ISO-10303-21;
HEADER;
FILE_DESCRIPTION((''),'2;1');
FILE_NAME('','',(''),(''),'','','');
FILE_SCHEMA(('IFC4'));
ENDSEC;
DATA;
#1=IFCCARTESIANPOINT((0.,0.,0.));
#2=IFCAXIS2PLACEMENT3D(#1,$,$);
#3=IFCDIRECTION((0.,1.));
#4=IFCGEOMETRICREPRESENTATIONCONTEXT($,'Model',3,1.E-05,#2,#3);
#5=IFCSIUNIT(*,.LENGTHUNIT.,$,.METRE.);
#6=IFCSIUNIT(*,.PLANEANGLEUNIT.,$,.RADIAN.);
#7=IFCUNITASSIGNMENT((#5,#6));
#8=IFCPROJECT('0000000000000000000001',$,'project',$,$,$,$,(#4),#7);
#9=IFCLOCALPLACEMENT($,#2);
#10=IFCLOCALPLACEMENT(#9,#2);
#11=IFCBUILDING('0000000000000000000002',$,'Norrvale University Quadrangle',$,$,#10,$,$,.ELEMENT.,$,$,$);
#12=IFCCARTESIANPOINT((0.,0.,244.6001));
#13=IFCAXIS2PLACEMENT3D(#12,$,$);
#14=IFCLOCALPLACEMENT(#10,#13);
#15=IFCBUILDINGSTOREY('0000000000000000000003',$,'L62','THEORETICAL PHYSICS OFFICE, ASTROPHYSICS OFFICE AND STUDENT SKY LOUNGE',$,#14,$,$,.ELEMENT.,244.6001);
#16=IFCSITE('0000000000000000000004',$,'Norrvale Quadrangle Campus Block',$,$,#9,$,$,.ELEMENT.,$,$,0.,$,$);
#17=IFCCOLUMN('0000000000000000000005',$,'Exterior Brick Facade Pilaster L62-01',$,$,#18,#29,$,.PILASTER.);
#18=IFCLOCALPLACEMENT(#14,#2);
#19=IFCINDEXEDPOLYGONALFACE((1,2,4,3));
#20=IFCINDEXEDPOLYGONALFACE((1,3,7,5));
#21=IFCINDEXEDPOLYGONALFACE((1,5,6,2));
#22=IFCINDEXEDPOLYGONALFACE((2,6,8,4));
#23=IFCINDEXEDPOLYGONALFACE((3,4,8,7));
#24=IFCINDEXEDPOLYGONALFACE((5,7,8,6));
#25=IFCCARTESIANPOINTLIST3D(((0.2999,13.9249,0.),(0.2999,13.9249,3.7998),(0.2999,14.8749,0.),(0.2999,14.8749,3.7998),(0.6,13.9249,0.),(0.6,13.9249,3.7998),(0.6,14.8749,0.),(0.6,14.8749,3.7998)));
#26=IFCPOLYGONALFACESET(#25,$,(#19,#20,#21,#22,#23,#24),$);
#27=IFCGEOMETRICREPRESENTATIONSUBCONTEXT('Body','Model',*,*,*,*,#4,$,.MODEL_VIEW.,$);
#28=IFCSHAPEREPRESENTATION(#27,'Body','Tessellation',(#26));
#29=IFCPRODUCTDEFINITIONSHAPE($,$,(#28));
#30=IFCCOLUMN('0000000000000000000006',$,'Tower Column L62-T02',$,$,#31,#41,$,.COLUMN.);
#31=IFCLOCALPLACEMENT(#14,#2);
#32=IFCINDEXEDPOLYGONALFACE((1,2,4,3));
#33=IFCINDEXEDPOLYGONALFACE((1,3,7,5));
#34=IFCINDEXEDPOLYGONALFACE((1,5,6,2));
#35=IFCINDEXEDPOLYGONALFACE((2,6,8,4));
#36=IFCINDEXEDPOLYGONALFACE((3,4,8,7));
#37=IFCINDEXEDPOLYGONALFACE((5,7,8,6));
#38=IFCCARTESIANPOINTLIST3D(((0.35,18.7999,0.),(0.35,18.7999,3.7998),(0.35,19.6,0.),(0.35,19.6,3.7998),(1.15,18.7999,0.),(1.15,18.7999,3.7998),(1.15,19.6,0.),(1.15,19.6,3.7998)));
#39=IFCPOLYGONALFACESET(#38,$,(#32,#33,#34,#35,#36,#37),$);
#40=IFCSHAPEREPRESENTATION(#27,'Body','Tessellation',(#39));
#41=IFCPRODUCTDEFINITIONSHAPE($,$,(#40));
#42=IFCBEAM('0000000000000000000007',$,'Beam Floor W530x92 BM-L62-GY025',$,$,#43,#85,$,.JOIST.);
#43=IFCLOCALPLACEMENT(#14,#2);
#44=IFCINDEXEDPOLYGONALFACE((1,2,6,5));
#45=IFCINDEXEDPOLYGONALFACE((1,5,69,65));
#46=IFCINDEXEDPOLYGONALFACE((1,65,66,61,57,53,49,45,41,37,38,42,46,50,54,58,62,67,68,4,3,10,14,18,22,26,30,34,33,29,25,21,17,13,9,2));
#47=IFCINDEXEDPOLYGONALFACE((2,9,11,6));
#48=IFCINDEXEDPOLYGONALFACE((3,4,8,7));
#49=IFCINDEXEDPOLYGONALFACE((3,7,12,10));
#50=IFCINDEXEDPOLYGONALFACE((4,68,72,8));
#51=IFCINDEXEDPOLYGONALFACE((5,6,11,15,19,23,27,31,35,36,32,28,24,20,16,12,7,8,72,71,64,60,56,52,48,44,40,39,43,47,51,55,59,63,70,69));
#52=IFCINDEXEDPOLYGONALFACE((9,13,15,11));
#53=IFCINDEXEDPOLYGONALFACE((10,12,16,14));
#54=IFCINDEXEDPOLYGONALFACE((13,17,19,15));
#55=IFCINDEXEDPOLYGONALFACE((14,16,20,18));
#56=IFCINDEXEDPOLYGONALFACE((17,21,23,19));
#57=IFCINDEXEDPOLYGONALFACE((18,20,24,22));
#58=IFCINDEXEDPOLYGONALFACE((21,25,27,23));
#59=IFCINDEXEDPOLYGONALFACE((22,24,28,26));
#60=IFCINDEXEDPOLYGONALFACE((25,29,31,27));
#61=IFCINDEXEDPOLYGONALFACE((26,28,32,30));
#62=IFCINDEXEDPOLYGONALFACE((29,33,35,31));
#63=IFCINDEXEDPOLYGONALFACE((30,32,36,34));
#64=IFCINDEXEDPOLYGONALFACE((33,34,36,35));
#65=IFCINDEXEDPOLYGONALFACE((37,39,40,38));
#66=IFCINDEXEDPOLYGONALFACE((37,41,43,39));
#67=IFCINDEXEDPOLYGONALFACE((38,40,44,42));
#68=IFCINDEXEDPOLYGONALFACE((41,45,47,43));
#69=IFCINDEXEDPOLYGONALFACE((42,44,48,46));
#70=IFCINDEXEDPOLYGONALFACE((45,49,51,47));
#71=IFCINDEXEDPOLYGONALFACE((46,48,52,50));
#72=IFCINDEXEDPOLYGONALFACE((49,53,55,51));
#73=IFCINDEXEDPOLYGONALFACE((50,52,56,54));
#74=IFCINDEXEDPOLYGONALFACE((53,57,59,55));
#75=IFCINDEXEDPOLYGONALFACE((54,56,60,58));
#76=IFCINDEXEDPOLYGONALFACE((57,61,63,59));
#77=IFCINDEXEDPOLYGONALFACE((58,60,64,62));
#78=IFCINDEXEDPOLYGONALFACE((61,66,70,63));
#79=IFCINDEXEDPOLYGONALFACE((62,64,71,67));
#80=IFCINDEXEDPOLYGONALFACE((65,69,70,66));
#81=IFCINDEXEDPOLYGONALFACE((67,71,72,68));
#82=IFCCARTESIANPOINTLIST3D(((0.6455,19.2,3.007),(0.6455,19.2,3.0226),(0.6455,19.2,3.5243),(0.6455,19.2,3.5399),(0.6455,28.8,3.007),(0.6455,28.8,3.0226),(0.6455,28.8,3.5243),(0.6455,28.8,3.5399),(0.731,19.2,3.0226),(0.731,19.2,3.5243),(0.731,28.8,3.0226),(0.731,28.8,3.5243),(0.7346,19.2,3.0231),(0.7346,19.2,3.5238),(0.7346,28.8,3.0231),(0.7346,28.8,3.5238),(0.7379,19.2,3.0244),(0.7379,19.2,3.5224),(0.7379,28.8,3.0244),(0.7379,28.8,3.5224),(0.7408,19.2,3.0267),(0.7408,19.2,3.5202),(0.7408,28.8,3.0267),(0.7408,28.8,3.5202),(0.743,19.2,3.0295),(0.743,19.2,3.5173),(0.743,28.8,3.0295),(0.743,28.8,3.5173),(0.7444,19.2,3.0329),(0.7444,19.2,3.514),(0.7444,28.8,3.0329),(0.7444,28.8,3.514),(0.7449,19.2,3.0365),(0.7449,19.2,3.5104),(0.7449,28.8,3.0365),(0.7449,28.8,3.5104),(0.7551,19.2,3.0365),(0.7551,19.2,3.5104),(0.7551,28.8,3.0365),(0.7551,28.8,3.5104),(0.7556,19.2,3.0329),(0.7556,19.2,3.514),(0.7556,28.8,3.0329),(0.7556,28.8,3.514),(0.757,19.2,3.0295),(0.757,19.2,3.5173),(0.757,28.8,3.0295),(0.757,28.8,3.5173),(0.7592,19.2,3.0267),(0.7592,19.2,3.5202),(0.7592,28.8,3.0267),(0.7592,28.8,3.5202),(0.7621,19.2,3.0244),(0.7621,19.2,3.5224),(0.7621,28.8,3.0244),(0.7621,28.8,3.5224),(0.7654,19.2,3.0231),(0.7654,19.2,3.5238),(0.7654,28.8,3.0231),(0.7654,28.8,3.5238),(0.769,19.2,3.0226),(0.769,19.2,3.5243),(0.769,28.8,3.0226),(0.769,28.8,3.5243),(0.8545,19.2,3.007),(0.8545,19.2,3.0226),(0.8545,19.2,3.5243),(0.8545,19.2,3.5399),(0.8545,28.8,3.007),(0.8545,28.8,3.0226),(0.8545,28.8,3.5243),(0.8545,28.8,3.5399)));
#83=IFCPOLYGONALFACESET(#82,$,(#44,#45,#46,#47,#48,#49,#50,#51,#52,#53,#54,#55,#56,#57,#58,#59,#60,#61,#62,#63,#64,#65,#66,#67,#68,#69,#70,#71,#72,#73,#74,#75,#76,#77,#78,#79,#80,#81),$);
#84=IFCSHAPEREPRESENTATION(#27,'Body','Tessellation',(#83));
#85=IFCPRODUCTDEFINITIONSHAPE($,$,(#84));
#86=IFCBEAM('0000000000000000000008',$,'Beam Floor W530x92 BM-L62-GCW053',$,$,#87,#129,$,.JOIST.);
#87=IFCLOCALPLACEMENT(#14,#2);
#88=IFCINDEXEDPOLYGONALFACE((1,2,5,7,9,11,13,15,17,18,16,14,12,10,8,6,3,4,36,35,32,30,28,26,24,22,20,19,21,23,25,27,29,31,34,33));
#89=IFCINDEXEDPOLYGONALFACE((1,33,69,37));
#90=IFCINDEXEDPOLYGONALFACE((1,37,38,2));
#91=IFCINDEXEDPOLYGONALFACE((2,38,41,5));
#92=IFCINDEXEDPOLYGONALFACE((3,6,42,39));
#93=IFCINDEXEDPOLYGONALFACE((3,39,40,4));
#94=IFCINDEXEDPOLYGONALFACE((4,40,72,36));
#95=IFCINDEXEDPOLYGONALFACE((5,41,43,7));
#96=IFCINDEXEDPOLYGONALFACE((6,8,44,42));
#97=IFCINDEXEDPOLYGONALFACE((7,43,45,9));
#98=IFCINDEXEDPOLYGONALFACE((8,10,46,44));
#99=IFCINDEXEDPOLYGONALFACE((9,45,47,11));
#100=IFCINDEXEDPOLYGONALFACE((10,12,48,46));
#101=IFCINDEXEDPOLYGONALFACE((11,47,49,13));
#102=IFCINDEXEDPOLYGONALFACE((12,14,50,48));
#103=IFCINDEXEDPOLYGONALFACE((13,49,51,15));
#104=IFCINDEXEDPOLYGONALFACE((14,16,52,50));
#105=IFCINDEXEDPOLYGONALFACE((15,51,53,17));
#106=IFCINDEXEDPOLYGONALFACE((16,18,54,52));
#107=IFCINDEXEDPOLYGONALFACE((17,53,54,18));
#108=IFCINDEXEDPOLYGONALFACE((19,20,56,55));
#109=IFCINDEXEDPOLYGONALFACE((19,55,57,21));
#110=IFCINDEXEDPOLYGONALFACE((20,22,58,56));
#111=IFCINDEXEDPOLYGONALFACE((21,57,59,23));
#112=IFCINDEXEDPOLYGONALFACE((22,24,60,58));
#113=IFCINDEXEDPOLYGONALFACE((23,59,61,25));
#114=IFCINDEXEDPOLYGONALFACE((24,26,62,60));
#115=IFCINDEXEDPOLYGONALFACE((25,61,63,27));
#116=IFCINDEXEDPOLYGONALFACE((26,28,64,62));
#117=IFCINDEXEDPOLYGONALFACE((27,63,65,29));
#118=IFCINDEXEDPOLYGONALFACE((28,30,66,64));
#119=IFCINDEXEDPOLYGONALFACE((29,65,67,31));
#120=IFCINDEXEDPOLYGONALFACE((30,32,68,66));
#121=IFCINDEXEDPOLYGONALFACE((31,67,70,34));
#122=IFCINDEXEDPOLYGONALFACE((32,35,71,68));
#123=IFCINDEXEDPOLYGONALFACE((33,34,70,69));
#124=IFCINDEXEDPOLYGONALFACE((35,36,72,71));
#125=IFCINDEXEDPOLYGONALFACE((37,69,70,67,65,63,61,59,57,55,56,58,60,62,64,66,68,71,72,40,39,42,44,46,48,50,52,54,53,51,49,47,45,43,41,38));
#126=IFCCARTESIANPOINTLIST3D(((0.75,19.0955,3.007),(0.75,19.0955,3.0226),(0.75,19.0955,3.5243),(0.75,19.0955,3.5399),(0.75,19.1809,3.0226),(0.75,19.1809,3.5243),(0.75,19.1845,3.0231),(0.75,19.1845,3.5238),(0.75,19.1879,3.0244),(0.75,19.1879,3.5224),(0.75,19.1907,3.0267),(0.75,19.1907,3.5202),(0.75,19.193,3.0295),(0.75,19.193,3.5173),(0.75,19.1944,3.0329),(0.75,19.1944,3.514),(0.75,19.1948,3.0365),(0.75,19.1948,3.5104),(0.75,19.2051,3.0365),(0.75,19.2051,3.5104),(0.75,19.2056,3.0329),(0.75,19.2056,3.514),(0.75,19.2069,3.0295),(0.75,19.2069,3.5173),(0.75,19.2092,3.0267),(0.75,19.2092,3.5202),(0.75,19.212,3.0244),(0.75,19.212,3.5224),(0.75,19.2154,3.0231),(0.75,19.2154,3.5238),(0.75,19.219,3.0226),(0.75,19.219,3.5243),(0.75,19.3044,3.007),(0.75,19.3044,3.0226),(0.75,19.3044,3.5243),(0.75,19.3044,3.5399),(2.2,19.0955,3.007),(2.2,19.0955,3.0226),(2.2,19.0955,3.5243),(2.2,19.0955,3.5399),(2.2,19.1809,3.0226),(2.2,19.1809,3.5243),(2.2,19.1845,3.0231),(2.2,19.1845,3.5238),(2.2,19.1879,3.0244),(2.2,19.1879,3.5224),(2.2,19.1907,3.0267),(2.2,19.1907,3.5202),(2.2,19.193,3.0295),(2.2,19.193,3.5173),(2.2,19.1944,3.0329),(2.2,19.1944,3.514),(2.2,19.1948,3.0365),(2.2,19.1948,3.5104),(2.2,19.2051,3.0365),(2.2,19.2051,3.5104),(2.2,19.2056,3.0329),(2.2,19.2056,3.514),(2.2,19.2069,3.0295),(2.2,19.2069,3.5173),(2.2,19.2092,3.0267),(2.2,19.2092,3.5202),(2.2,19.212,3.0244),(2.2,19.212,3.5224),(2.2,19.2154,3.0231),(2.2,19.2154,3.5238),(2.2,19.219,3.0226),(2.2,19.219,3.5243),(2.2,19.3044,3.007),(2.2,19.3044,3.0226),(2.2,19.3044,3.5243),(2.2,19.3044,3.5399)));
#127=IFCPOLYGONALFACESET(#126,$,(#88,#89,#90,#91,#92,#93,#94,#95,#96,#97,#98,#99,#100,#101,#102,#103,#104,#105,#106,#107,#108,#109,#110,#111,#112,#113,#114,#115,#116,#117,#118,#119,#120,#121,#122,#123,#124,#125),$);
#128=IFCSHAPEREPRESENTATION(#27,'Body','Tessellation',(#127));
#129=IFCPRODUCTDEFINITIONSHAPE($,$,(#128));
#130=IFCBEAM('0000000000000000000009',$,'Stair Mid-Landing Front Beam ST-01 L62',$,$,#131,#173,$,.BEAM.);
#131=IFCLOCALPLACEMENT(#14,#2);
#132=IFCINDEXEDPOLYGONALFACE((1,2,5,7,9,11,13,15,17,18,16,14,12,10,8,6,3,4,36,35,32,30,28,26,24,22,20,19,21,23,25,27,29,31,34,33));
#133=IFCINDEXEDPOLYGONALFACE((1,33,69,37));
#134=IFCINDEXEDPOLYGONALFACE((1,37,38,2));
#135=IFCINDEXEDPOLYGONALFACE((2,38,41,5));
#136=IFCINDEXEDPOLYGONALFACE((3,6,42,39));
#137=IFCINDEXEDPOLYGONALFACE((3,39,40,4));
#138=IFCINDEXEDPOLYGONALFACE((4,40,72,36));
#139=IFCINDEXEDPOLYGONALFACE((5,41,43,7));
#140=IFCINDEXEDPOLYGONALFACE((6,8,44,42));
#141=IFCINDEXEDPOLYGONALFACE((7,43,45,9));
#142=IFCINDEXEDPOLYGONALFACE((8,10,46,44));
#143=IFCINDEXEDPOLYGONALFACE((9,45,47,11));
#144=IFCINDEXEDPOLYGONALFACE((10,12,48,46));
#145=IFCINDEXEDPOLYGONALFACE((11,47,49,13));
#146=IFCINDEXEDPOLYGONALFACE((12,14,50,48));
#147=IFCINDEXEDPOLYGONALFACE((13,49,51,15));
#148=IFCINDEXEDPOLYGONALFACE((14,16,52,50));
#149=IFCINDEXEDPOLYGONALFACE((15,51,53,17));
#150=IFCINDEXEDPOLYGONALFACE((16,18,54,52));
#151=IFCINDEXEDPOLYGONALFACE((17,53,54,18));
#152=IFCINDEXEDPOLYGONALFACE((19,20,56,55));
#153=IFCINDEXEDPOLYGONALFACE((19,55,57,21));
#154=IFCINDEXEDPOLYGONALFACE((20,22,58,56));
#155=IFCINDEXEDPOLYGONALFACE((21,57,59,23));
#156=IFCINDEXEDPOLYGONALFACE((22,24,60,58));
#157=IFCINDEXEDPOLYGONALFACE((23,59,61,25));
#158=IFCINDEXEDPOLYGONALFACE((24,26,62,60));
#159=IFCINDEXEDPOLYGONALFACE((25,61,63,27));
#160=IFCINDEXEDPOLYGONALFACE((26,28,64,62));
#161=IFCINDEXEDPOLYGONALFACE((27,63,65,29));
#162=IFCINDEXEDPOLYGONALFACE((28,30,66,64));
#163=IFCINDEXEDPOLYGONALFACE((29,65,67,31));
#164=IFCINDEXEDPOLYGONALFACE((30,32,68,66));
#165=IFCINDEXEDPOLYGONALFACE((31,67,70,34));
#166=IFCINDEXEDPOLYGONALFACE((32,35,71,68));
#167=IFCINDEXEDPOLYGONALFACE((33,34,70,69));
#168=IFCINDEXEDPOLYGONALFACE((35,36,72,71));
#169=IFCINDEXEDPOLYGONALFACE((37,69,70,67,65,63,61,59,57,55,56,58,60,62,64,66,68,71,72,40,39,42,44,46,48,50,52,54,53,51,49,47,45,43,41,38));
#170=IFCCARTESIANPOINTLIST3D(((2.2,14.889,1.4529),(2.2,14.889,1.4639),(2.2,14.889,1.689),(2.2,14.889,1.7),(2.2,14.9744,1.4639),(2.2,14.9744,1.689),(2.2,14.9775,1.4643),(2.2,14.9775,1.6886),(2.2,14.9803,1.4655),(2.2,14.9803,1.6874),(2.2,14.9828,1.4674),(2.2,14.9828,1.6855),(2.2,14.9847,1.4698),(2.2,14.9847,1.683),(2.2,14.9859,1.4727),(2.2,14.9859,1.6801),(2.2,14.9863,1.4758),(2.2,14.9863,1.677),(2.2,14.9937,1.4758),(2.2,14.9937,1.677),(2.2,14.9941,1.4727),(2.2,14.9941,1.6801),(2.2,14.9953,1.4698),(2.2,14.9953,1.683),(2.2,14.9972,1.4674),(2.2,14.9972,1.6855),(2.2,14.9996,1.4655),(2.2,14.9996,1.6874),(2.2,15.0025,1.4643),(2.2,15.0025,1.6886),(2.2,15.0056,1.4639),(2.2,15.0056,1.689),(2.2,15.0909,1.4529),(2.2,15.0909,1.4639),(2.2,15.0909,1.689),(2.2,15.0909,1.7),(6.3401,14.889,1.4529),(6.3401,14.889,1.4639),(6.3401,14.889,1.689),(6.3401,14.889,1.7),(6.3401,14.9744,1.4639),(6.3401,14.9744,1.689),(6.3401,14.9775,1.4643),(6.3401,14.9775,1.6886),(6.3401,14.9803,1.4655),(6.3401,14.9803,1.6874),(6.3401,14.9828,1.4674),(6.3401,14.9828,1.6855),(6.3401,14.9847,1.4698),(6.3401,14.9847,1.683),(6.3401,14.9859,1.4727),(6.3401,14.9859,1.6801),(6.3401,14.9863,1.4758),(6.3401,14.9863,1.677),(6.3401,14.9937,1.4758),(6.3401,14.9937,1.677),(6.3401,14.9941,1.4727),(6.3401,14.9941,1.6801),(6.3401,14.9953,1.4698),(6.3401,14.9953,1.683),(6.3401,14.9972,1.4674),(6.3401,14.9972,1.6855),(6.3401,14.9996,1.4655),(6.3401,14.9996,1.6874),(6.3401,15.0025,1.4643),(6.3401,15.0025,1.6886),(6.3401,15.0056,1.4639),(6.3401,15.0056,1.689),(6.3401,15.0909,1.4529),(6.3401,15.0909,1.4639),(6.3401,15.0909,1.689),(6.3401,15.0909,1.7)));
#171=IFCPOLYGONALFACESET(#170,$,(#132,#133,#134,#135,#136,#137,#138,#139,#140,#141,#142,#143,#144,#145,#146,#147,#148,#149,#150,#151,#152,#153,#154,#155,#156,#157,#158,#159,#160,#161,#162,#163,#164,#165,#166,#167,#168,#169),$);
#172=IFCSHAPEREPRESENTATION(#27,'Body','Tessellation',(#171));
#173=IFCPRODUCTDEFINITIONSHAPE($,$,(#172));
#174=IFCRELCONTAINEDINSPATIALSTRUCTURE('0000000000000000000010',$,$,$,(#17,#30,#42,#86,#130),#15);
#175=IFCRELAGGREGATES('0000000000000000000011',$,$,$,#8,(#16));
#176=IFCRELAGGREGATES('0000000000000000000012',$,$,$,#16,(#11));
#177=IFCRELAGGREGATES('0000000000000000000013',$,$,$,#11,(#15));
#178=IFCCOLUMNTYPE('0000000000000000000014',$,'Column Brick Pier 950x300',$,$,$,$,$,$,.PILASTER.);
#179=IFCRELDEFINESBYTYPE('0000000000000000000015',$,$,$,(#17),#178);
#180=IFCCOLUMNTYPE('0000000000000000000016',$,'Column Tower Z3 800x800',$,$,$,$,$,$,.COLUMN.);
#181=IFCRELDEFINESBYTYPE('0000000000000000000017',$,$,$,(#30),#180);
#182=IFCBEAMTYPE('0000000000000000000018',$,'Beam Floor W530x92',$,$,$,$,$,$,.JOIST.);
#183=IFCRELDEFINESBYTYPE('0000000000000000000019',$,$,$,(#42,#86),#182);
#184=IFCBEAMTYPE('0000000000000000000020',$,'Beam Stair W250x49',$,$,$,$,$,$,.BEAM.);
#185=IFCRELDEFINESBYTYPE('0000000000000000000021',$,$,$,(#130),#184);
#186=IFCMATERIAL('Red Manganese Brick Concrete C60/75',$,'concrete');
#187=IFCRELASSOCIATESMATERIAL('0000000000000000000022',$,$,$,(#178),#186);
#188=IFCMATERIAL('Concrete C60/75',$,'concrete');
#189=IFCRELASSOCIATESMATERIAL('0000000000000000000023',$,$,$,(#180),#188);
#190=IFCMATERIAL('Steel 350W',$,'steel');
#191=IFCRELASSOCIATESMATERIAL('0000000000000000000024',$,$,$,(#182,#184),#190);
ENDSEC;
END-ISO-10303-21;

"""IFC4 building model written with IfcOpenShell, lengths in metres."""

from ifc_helpers import new_model, si_unit, direction, frame, origin, origin_2d, place, context, subcontext, project, spatial, rectangle, i_section, extrude, material, material_profile, profile_set, type_object, element, save


model = new_model("IFC4")

# Units and contexts
model_context = context("Model", 3, precision=1e-05, world=origin(), true_north=direction((0.0, 1.0)))
body_context = subcontext(model_context, "Body", "Model", "MODEL_VIEW")
ifc_project = project(units=[si_unit("LENGTHUNIT", "METRE"), si_unit("PLANEANGLEUNIT", "RADIAN")], contexts=[model_context])

# Site, building, storey
site_placement = place(None, origin())
site = spatial("IfcSite", under=ifc_project, at=site_placement, Name="Norrvale Quadrangle Campus Block", CompositionType="ELEMENT", RefElevation=0.0)
building_placement = place(site_placement, origin())
building = spatial("IfcBuilding", under=site, at=building_placement, Name="Norrvale University Quadrangle", CompositionType="ELEMENT")
storey_placement = place(building_placement, frame((0.0, 0.0, 244.6001)))
storey = spatial("IfcBuildingStorey", under=building, at=storey_placement, Name="L62", Description="THEORETICAL PHYSICS OFFICE, ASTROPHYSICS OFFICE AND STUDENT SKY LOUNGE", CompositionType="ELEMENT", Elevation=244.6001)

# Columns
ifc_material_1 = material(Name="Red Manganese Brick Concrete C60/75", Category="concrete")
ifc_material_profile_1 = material_profile(ifc_material_1, rectangle(XDim=0.95, YDim=0.3, at=origin_2d()), Name="Red Manganese Brick Concrete C60/75")
ifc_profile_set_1 = profile_set([ifc_material_profile_1], Name="Red Manganese Brick Concrete C60/75")
column_type_1 = type_object("IfcColumnType", Name="Column Brick Pier 950x300", PredefinedType="PILASTER", material=ifc_profile_set_1)
column_1_placement = place(storey_placement, frame((0.45, 14.3999, 0.0), z_axis=(0.0, 0.0, 1.0), x_axis=(0.0, 1.0, 0.0)))
element("IfcColumn", 1, at=column_1_placement, inside=storey, type_object=column_type_1, Name="Exterior Brick Facade Pilaster L62-01", PredefinedType="PILASTER", context=body_context, shape_type="SweptSolid", body=[
    extrude(rectangle(XDim=0.95, YDim=0.3, at=origin_2d()), origin(), (0.0, 0.0, 1.0), 3.7998),
])
ifc_material_2 = material(Name="Concrete C60/75", Category="concrete")
ifc_material_profile_2 = material_profile(ifc_material_2, rectangle(XDim=0.8, YDim=0.8, at=origin_2d()), Name="Concrete C60/75")
ifc_profile_set_2 = profile_set([ifc_material_profile_2], Name="Concrete C60/75")
column_type_2 = type_object("IfcColumnType", Name="Column Tower Z3 800x800", PredefinedType="COLUMN", material=ifc_profile_set_2)
column_2_placement = place(storey_placement, frame((0.75, 19.2, 0.0), z_axis=(0.0, 0.0, 1.0), x_axis=(1.0, 0.0, 0.0)))
element("IfcColumn", 2, at=column_2_placement, inside=storey, type_object=column_type_2, Name="Tower Column L62-T02", PredefinedType="COLUMN", context=body_context, shape_type="SweptSolid", body=[
    extrude(rectangle(XDim=0.8, YDim=0.8, at=origin_2d()), origin(), (0.0, 0.0, 1.0), 3.7998),
])

# Beams
ifc_material_3 = material(Name="Steel 350W", Category="steel")
ifc_material_profile_3 = material_profile(ifc_material_3, i_section(OverallWidth=0.209, OverallDepth=0.533, WebThickness=0.0103, FlangeThickness=0.0156, FilletRadius=0.0139, at=origin_2d()), Name="Steel 350W")
ifc_profile_set_3 = profile_set([ifc_material_profile_3], Name="Steel 350W")
beam_type_1 = type_object("IfcBeamType", Name="Beam Floor W530x92", PredefinedType="JOIST", material=ifc_profile_set_3)
beam_1_placement = place(storey_placement, frame((0.75, 19.2, 3.2734), z_axis=(0.0, 1.0, 0.0), x_axis=(-1.0, 0.0, 0.0)))
element("IfcBeam", 3, at=beam_1_placement, inside=storey, type_object=beam_type_1, Name="Beam Floor W530x92 BM-L62-GY025", PredefinedType="JOIST", context=body_context, shape_type="SweptSolid", body=[
    extrude(i_section(OverallWidth=0.209, OverallDepth=0.533, WebThickness=0.0103, FlangeThickness=0.0156, FilletRadius=0.0139, at=origin_2d()), origin(), (0.0, 0.0, 1.0), 9.6001),
])
beam_2_placement = place(storey_placement, frame((0.75, 19.2, 3.2734), z_axis=(1.0, 0.0, 0.0), x_axis=(0.0, 1.0, 0.0)))
element("IfcBeam", 4, at=beam_2_placement, inside=storey, type_object=beam_type_1, Name="Beam Floor W530x92 BM-L62-GCW053", PredefinedType="JOIST", context=body_context, shape_type="SweptSolid", body=[
    extrude(i_section(OverallWidth=0.209, OverallDepth=0.533, WebThickness=0.0103, FlangeThickness=0.0156, FilletRadius=0.0139, at=origin_2d()), origin(), (0.0, 0.0, 1.0), 1.45),
])
ifc_material_profile_4 = material_profile(ifc_material_3, i_section(OverallWidth=0.2019, OverallDepth=0.2471, WebThickness=0.0073, FlangeThickness=0.011, FilletRadius=0.012, at=origin_2d()), Name="Steel 350W")
ifc_profile_set_4 = profile_set([ifc_material_profile_4], Name="Steel 350W")
beam_type_2 = type_object("IfcBeamType", Name="Beam Stair W250x49", PredefinedType="BEAM", material=ifc_profile_set_4)
for number, where, z_axis, x_axis, name in (
    (5, (2.2, 14.99, 1.5764), (1.0, 0.0, 0.0), (0.0, 1.0, 0.0), "Stair Mid-Landing Front Beam ST-01 L62"),
):
    element("IfcBeam", number, at=place(storey_placement, frame(where, z_axis=z_axis, x_axis=x_axis)), inside=storey, type_object=beam_type_2, Name=name, PredefinedType="BEAM", context=body_context, shape_type="SweptSolid", body=[
        extrude(i_section(OverallWidth=0.2019, OverallDepth=0.2471, WebThickness=0.0073, FlangeThickness=0.011, FilletRadius=0.012, at=origin_2d()), origin(), (0.0, 0.0, 1.0), 4.1401),
    ])

save(model, "model.ifc")
